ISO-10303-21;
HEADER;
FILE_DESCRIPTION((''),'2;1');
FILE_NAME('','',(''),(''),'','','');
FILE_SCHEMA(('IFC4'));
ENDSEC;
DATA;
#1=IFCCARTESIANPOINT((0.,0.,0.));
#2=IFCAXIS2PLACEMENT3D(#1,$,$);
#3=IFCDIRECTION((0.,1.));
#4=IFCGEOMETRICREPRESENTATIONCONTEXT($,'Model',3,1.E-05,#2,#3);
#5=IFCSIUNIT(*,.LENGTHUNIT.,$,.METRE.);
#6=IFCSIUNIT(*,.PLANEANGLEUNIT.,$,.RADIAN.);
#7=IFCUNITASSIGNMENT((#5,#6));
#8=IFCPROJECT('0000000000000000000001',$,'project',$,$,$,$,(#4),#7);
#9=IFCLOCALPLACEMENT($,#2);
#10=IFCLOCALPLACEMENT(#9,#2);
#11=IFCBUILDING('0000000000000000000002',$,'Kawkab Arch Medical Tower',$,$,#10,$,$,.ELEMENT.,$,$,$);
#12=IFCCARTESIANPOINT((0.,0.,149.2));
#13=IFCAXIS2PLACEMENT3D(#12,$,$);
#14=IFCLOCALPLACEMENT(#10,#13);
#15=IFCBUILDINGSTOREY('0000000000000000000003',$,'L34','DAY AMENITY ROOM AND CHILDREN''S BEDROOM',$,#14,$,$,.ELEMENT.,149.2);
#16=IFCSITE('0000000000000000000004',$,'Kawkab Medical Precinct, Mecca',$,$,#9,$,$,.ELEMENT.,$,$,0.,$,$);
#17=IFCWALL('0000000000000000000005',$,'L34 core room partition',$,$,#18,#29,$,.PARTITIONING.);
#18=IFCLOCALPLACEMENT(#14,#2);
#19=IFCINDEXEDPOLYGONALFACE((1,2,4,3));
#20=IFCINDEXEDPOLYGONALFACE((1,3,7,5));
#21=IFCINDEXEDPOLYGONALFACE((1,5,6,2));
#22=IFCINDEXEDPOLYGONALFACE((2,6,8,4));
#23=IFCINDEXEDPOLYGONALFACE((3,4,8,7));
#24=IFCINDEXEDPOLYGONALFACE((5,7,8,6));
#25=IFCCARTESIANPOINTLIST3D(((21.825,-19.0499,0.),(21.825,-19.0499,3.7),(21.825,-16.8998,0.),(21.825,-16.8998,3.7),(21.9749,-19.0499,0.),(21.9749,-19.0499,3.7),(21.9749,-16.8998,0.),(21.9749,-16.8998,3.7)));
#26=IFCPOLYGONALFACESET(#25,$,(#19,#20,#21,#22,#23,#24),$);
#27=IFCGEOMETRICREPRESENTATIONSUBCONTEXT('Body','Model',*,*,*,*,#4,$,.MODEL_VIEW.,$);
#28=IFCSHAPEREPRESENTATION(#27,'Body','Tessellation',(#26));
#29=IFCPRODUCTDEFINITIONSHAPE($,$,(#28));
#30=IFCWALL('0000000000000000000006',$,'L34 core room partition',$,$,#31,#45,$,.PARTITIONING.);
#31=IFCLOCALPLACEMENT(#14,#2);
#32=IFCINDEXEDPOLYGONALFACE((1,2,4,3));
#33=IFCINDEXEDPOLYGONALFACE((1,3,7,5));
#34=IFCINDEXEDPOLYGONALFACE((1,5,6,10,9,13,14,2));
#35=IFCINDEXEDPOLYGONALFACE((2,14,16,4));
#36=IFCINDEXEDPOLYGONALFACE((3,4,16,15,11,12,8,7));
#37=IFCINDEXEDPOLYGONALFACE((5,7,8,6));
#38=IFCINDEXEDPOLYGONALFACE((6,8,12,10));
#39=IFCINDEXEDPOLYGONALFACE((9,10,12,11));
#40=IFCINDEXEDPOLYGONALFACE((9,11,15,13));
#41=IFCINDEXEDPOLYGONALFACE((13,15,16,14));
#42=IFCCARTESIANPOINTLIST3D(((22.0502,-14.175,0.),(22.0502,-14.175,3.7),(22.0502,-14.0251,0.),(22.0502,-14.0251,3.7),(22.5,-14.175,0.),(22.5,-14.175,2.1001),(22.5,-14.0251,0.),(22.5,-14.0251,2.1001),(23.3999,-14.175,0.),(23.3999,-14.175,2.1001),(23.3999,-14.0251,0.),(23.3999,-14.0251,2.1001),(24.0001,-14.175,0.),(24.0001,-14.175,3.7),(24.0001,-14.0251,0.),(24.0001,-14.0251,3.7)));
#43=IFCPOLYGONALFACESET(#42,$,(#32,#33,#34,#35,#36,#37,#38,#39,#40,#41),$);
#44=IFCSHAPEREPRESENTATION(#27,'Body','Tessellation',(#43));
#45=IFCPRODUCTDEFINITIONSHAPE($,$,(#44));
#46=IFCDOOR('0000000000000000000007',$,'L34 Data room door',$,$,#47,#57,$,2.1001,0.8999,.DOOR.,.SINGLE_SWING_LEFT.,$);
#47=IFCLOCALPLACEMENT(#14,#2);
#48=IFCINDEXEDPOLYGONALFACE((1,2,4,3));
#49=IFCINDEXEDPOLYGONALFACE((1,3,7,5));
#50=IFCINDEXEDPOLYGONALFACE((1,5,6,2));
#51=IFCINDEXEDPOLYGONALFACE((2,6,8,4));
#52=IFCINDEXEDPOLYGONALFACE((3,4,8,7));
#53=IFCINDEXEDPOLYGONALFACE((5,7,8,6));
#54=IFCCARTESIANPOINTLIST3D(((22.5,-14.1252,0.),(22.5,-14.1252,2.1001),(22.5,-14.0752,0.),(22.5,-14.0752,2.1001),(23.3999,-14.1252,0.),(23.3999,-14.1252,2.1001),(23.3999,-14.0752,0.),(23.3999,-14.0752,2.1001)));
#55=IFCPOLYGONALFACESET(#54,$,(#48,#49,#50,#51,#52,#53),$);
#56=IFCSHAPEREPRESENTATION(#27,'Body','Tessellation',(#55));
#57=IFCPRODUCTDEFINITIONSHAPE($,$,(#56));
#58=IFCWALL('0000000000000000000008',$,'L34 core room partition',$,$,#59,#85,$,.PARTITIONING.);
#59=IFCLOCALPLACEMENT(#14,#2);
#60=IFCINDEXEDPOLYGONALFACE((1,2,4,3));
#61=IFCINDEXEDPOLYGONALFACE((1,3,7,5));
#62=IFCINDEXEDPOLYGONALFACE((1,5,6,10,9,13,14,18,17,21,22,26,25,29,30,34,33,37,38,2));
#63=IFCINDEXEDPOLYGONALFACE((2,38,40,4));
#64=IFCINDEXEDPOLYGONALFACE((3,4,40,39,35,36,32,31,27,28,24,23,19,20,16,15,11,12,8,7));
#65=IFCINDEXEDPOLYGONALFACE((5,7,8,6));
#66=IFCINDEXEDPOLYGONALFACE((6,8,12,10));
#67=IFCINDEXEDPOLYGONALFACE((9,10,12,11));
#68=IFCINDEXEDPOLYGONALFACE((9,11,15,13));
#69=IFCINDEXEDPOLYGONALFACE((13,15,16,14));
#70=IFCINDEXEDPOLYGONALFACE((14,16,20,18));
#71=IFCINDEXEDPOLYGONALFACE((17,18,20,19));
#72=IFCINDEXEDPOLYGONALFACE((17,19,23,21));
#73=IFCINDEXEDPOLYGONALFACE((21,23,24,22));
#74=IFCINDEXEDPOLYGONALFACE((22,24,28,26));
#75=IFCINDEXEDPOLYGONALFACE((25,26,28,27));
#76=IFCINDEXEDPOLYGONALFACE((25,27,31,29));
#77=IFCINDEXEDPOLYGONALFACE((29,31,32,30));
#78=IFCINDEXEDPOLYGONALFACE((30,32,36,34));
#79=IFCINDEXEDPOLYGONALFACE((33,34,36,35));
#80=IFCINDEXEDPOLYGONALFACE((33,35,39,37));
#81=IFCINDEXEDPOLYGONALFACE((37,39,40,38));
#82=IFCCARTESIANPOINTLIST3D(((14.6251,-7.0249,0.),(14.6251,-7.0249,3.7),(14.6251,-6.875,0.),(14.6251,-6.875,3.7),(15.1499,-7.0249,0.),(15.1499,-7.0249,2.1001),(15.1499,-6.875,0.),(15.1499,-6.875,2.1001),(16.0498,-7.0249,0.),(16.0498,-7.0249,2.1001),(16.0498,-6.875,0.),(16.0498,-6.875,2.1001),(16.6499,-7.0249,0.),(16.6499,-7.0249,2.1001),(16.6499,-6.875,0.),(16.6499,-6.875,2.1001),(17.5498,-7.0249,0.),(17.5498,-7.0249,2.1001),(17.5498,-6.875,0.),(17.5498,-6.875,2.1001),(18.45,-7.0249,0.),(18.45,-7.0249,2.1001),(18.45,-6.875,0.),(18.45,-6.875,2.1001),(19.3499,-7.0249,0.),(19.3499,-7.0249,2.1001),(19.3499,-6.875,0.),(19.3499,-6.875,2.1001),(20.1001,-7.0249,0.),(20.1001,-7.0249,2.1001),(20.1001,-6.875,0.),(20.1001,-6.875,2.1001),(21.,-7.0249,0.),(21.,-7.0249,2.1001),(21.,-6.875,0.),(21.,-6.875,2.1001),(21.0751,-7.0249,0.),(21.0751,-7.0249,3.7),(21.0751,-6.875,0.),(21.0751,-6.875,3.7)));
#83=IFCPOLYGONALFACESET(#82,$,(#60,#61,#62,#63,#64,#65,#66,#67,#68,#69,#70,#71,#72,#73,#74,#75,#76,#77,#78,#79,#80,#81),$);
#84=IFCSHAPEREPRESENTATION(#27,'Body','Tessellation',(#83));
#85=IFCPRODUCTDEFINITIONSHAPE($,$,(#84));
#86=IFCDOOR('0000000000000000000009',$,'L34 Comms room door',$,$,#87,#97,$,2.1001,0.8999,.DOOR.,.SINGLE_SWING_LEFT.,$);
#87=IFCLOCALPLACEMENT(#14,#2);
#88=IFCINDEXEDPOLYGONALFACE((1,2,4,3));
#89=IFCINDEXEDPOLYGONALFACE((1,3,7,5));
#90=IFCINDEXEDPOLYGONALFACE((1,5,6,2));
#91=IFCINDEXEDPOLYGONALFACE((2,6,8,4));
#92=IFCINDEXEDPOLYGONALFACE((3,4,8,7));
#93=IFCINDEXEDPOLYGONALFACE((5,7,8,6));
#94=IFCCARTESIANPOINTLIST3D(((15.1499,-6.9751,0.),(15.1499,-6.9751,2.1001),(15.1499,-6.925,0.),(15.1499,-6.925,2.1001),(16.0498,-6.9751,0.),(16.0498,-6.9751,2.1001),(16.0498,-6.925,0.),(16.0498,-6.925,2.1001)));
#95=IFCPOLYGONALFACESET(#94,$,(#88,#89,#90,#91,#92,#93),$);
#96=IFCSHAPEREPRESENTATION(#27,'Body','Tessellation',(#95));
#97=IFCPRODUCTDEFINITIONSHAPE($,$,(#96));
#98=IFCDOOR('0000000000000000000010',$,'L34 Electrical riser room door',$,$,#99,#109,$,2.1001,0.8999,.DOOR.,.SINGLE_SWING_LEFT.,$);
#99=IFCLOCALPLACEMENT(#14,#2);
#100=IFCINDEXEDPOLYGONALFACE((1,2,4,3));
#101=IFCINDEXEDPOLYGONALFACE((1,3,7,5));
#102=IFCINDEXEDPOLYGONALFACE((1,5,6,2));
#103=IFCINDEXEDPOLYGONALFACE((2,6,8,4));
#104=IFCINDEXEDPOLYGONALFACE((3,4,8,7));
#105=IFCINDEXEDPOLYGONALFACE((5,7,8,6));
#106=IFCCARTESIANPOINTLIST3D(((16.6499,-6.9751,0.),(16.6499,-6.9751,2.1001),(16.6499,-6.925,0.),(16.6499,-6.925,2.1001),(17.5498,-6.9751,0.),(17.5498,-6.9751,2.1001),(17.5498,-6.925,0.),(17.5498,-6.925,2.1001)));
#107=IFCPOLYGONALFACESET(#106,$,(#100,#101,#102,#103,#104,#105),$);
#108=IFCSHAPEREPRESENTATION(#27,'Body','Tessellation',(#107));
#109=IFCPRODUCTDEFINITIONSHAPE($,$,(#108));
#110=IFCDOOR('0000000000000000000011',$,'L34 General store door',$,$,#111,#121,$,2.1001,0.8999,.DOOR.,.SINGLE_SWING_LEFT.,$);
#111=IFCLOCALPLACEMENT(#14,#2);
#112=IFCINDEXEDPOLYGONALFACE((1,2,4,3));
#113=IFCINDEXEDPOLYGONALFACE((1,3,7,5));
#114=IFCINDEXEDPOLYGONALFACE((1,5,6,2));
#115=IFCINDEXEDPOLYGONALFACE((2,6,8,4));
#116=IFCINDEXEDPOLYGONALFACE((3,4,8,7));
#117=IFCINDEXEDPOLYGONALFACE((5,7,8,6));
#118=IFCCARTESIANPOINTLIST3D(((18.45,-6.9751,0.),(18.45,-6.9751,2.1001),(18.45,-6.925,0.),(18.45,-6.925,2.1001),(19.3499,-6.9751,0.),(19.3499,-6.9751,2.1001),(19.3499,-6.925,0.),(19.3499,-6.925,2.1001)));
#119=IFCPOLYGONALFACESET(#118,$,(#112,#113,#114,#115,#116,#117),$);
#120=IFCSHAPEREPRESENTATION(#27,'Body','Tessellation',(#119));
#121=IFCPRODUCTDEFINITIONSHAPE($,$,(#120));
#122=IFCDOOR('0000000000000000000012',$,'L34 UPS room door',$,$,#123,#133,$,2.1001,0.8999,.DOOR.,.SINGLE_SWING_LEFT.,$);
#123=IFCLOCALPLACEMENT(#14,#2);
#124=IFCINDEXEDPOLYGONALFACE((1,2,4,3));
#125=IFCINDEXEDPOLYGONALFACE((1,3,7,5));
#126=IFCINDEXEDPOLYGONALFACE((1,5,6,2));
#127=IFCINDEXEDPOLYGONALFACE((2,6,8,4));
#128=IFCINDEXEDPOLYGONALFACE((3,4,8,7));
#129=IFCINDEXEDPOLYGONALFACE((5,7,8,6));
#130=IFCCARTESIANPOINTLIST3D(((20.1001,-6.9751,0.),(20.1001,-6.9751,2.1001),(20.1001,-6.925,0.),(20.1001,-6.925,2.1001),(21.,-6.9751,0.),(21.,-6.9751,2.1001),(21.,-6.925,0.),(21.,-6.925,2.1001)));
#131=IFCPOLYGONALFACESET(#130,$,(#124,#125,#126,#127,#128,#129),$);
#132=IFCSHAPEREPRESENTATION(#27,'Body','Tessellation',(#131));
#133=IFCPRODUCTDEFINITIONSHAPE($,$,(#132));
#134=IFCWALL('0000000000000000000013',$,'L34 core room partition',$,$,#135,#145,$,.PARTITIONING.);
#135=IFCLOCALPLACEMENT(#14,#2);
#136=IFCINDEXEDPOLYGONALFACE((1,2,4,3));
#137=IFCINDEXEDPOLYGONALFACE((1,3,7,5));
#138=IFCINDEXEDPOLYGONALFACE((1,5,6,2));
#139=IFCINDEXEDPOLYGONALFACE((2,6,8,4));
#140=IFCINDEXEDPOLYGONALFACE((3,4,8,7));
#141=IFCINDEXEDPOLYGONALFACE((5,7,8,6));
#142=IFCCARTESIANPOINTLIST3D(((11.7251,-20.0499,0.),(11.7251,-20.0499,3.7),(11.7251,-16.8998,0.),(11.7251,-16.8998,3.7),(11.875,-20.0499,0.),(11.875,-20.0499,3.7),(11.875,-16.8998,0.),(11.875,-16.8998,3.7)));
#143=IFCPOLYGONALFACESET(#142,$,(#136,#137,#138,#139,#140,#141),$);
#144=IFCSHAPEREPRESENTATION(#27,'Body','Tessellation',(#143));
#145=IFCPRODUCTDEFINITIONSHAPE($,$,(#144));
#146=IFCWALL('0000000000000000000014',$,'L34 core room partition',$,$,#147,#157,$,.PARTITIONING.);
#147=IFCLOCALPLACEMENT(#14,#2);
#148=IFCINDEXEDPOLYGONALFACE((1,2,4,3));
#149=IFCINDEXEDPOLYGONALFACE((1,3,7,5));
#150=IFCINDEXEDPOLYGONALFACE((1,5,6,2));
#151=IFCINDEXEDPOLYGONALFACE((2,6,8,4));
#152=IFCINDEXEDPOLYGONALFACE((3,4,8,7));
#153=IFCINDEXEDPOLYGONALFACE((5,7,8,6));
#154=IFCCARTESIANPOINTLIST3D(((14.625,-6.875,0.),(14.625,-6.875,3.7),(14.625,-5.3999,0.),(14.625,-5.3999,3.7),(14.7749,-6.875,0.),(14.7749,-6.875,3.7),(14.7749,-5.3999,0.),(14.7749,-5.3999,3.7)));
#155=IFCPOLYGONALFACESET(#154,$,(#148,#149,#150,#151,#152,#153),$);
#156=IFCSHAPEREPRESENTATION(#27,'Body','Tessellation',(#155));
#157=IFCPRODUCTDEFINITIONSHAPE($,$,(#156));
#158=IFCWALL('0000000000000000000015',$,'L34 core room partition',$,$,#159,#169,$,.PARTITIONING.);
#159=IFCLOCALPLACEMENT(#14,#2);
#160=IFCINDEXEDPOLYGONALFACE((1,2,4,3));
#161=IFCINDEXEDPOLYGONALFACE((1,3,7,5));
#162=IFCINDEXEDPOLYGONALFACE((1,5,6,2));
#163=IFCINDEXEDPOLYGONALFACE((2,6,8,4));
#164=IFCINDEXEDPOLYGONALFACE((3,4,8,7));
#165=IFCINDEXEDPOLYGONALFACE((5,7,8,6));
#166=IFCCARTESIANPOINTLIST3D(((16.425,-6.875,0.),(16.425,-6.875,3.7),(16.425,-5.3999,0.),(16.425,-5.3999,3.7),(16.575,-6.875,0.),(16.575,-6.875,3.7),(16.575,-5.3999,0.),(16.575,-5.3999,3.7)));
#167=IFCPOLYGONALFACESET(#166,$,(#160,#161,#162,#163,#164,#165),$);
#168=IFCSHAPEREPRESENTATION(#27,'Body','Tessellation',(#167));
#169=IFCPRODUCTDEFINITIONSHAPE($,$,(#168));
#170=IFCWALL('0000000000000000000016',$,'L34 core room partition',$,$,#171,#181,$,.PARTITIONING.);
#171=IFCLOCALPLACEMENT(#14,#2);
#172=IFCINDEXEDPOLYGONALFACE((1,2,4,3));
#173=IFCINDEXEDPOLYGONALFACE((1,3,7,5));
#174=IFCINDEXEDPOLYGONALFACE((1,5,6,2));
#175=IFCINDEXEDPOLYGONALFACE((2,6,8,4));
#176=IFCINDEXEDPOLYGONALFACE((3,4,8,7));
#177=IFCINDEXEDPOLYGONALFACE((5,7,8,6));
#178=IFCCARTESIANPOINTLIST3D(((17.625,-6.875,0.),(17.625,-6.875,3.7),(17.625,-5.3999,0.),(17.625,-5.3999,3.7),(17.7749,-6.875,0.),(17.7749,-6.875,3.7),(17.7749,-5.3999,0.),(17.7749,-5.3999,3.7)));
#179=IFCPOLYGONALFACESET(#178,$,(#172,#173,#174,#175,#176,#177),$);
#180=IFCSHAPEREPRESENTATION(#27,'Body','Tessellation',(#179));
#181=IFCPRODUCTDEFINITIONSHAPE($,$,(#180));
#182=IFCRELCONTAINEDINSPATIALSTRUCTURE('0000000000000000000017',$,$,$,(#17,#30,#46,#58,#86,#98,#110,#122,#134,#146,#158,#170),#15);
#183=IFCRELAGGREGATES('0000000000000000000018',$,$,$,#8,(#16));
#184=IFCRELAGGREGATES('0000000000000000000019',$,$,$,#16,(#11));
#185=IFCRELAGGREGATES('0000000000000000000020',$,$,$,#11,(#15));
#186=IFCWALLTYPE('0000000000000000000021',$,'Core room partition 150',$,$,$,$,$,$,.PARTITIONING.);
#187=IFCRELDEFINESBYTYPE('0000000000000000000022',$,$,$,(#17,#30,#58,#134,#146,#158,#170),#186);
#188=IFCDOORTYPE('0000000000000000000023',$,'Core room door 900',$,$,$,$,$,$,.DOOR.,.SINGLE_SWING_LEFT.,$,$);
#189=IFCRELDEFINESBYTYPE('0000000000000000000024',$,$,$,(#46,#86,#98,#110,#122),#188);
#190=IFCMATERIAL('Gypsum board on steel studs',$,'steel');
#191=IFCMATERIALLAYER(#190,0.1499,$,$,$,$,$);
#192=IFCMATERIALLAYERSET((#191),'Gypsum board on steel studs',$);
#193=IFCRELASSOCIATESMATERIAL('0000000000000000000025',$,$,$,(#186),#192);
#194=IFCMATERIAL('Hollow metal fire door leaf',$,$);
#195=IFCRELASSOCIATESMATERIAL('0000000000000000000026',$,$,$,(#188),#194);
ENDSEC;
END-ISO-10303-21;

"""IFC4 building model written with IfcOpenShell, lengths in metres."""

from ifc_helpers import new_model, si_unit, direction, frame, frame_2d, origin, place, context, subcontext, project, spatial, rectangle, extrude, material, layer, layer_set, type_object, element, fill, save


model = new_model("IFC4")

# Units and contexts
model_context = context("Model", 3, precision=1e-05, world=origin(), true_north=direction((0.0, 1.0)))
body_context = subcontext(model_context, "Body", "Model", "MODEL_VIEW")
ifc_project = project(units=[si_unit("LENGTHUNIT", "METRE"), si_unit("PLANEANGLEUNIT", "RADIAN")], contexts=[model_context])

# Site, building, storey
site_placement = place(None, origin())
site = spatial("IfcSite", under=ifc_project, at=site_placement, Name="Kawkab Medical Precinct, Mecca", CompositionType="ELEMENT", RefElevation=0.0)
building_placement = place(site_placement, origin())
building = spatial("IfcBuilding", under=site, at=building_placement, Name="Kawkab Arch Medical Tower", CompositionType="ELEMENT")
storey_placement = place(building_placement, frame((0.0, 0.0, 149.2)))
storey = spatial("IfcBuildingStorey", under=building, at=storey_placement, Name="L34", Description="DAY AMENITY ROOM AND CHILDREN'S BEDROOM", CompositionType="ELEMENT", Elevation=149.2)

# Wall
ifc_material_1 = material(Name="Gypsum board on steel studs", Category="steel")
ifc_layer_1 = layer(ifc_material_1, 0.1499)
ifc_layer_set_1 = layer_set([ifc_layer_1], Name="Gypsum board on steel studs")
wall_type_1 = type_object("IfcWallType", Name="Core room partition 150", PredefinedType="PARTITIONING", material=ifc_layer_set_1)
wall_1_placement = place(storey_placement, frame((21.8999, -19.05, 0.0), z_axis=(0.0, 0.0, 1.0), x_axis=(0.0, 1.0, 0.0)))
element("IfcWall", 1, at=wall_1_placement, inside=storey, type_object=wall_type_1, Name="L34 core room partition", PredefinedType="PARTITIONING", context=body_context, shape_type="SweptSolid", body=[
    extrude(rectangle(XDim=2.1501, YDim=0.1499, at=frame_2d((1.0752, 0.0))), origin(), (0.0, 0.0, 1.0), 3.7),
])

# Wall, opening, door
wall_2_placement = place(storey_placement, frame((22.05, -14.1001, 0.0), z_axis=(0.0, 0.0, 1.0), x_axis=(1.0, 0.0, 0.0)))
wall_2 = element("IfcWall", 2, at=wall_2_placement, inside=storey, type_object=wall_type_1, Name="L34 core room partition", PredefinedType="PARTITIONING", context=body_context, shape_type="SweptSolid", body=[
    extrude(rectangle(XDim=1.95, YDim=0.1499, at=frame_2d((0.9751, 0.0))), origin(), (0.0, 0.0, 1.0), 3.7),
])
opening_1_placement = place(wall_2_placement, frame((0.45, 0.0, 0.0)))
opening_1 = element("IfcOpeningElement", 3, at=opening_1_placement, cuts=wall_2, PredefinedType="OPENING", context=body_context, shape_type="SweptSolid", body=[
    extrude(rectangle(XDim=0.8999, YDim=2.1001, at=frame_2d((0.45, 1.05))), frame((0.0, 0.085, 0.0), z_axis=(0.0, -1.0, 0.0), x_axis=(1.0, 0.0, 0.0)), (0.0, 0.0, 1.0), 0.1699),
])
ifc_material_2 = material(Name="Hollow metal fire door leaf")
door_type = type_object("IfcDoorType", Name="Core room door 900", OperationType="SINGLE_SWING_LEFT", PredefinedType="DOOR", material=ifc_material_2)
door_1_placement = place(opening_1_placement, origin())
door_1 = element("IfcDoor", 4, at=door_1_placement, inside=storey, type_object=door_type, Name="L34 Data room door", OperationType="SINGLE_SWING_LEFT", OverallHeight=2.1001, OverallWidth=0.8999, PredefinedType="DOOR", context=body_context, shape_type="SweptSolid", body=[
    extrude(rectangle(XDim=0.8999, YDim=2.1001, at=frame_2d((0.45, 1.05))), frame((0.0, 0.0249, 0.0), z_axis=(0.0, -1.0, 0.0), x_axis=(1.0, 0.0, 0.0)), (0.0, 0.0, 1.0), 0.05),
])
fill(opening_1, door_1)

# Wall, openings, doors
wall_3_placement = place(storey_placement, frame((14.625, -6.95, 0.0), z_axis=(0.0, 0.0, 1.0), x_axis=(1.0, 0.0, 0.0)))
wall_3 = element("IfcWall", 5, at=wall_3_placement, inside=storey, type_object=wall_type_1, Name="L34 core room partition", PredefinedType="PARTITIONING", context=body_context, shape_type="SweptSolid", body=[
    extrude(rectangle(XDim=6.45, YDim=0.1499, at=frame_2d((3.2251, 0.0))), origin(), (0.0, 0.0, 1.0), 3.7),
])
opening_2_placement = place(wall_3_placement, frame((0.5249, 0.0, 0.0)))
opening_2 = element("IfcOpeningElement", 6, at=opening_2_placement, cuts=wall_3, PredefinedType="OPENING", context=body_context, shape_type="SweptSolid", body=[
    extrude(rectangle(XDim=0.8999, YDim=2.1001, at=frame_2d((0.45, 1.05))), frame((0.0, 0.085, 0.0), z_axis=(0.0, -1.0, 0.0), x_axis=(1.0, 0.0, 0.0)), (0.0, 0.0, 1.0), 0.1699),
])
opening_3_placement = place(wall_3_placement, frame((2.0249, 0.0, 0.0)))
opening_3 = element("IfcOpeningElement", 7, at=opening_3_placement, cuts=wall_3, PredefinedType="OPENING", context=body_context, shape_type="SweptSolid", body=[
    extrude(rectangle(XDim=0.8999, YDim=2.1001, at=frame_2d((0.45, 1.05))), frame((0.0, 0.085, 0.0), z_axis=(0.0, -1.0, 0.0), x_axis=(1.0, 0.0, 0.0)), (0.0, 0.0, 1.0), 0.1699),
])
opening_4_placement = place(wall_3_placement, frame((3.825, 0.0, 0.0)))
opening_4 = element("IfcOpeningElement", 8, at=opening_4_placement, cuts=wall_3, PredefinedType="OPENING", context=body_context, shape_type="SweptSolid", body=[
    extrude(rectangle(XDim=0.8999, YDim=2.1001, at=frame_2d((0.45, 1.05))), frame((0.0, 0.085, 0.0), z_axis=(0.0, -1.0, 0.0), x_axis=(1.0, 0.0, 0.0)), (0.0, 0.0, 1.0), 0.1699),
])
opening_5_placement = place(wall_3_placement, frame((5.4751, 0.0, 0.0)))
opening_5 = element("IfcOpeningElement", 9, at=opening_5_placement, cuts=wall_3, PredefinedType="OPENING", context=body_context, shape_type="SweptSolid", body=[
    extrude(rectangle(XDim=0.8999, YDim=2.1001, at=frame_2d((0.45, 1.05))), frame((0.0, 0.085, 0.0), z_axis=(0.0, -1.0, 0.0), x_axis=(1.0, 0.0, 0.0)), (0.0, 0.0, 1.0), 0.1699),
])
door_2_placement = place(opening_2_placement, origin())
door_2 = element("IfcDoor", 10, at=door_2_placement, inside=storey, type_object=door_type, Name="L34 Comms room door", OperationType="SINGLE_SWING_LEFT", OverallHeight=2.1001, OverallWidth=0.8999, PredefinedType="DOOR", context=body_context, shape_type="SweptSolid", body=[
    extrude(rectangle(XDim=0.8999, YDim=2.1001, at=frame_2d((0.45, 1.05))), frame((0.0, 0.0249, 0.0), z_axis=(0.0, -1.0, 0.0), x_axis=(1.0, 0.0, 0.0)), (0.0, 0.0, 1.0), 0.05),
])
fill(opening_2, door_2)
door_3_placement = place(opening_3_placement, origin())
door_3 = element("IfcDoor", 11, at=door_3_placement, inside=storey, type_object=door_type, Name="L34 Electrical riser room door", OperationType="SINGLE_SWING_LEFT", OverallHeight=2.1001, OverallWidth=0.8999, PredefinedType="DOOR", context=body_context, shape_type="SweptSolid", body=[
    extrude(rectangle(XDim=0.8999, YDim=2.1001, at=frame_2d((0.45, 1.05))), frame((0.0, 0.0249, 0.0), z_axis=(0.0, -1.0, 0.0), x_axis=(1.0, 0.0, 0.0)), (0.0, 0.0, 1.0), 0.05),
])
fill(opening_3, door_3)
door_4_placement = place(opening_4_placement, origin())
door_4 = element("IfcDoor", 12, at=door_4_placement, inside=storey, type_object=door_type, Name="L34 General store door", OperationType="SINGLE_SWING_LEFT", OverallHeight=2.1001, OverallWidth=0.8999, PredefinedType="DOOR", context=body_context, shape_type="SweptSolid", body=[
    extrude(rectangle(XDim=0.8999, YDim=2.1001, at=frame_2d((0.45, 1.05))), frame((0.0, 0.0249, 0.0), z_axis=(0.0, -1.0, 0.0), x_axis=(1.0, 0.0, 0.0)), (0.0, 0.0, 1.0), 0.05),
])
fill(opening_4, door_4)
door_5_placement = place(opening_5_placement, origin())
door_5 = element("IfcDoor", 13, at=door_5_placement, inside=storey, type_object=door_type, Name="L34 UPS room door", OperationType="SINGLE_SWING_LEFT", OverallHeight=2.1001, OverallWidth=0.8999, PredefinedType="DOOR", context=body_context, shape_type="SweptSolid", body=[
    extrude(rectangle(XDim=0.8999, YDim=2.1001, at=frame_2d((0.45, 1.05))), frame((0.0, 0.0249, 0.0), z_axis=(0.0, -1.0, 0.0), x_axis=(1.0, 0.0, 0.0)), (0.0, 0.0, 1.0), 0.05),
])
fill(opening_5, door_5)

# Walls
wall_4_placement = place(storey_placement, frame((11.8, -20.05, 0.0), z_axis=(0.0, 0.0, 1.0), x_axis=(0.0, 1.0, 0.0)))
element("IfcWall", 14, at=wall_4_placement, inside=storey, type_object=wall_type_1, Name="L34 core room partition", PredefinedType="PARTITIONING", context=body_context, shape_type="SweptSolid", body=[
    extrude(rectangle(XDim=3.1501, YDim=0.1499, at=frame_2d((1.5752, 0.0))), origin(), (0.0, 0.0, 1.0), 3.7),
])
for number, where, z_axis, x_axis, name in (
    (15, (14.7, -6.875, 0.0), (0.0, 0.0, 1.0), (0.0, 1.0, 0.0), "L34 core room partition"),
    (16, (16.5, -6.875, 0.0), (0.0, 0.0, 1.0), (0.0, 1.0, 0.0), "L34 core room partition"),
    (17, (17.7, -6.875, 0.0), (0.0, 0.0, 1.0), (0.0, 1.0, 0.0), "L34 core room partition"),
):
    element("IfcWall", number, at=place(storey_placement, frame(where, z_axis=z_axis, x_axis=x_axis)), inside=storey, type_object=wall_type_1, Name=name, PredefinedType="PARTITIONING", context=body_context, shape_type="SweptSolid", body=[
        extrude(rectangle(XDim=1.4751, YDim=0.1499, at=frame_2d((0.7375, 0.0))), origin(), (0.0, 0.0, 1.0), 3.7),
    ])

save(model, "model.ifc")
